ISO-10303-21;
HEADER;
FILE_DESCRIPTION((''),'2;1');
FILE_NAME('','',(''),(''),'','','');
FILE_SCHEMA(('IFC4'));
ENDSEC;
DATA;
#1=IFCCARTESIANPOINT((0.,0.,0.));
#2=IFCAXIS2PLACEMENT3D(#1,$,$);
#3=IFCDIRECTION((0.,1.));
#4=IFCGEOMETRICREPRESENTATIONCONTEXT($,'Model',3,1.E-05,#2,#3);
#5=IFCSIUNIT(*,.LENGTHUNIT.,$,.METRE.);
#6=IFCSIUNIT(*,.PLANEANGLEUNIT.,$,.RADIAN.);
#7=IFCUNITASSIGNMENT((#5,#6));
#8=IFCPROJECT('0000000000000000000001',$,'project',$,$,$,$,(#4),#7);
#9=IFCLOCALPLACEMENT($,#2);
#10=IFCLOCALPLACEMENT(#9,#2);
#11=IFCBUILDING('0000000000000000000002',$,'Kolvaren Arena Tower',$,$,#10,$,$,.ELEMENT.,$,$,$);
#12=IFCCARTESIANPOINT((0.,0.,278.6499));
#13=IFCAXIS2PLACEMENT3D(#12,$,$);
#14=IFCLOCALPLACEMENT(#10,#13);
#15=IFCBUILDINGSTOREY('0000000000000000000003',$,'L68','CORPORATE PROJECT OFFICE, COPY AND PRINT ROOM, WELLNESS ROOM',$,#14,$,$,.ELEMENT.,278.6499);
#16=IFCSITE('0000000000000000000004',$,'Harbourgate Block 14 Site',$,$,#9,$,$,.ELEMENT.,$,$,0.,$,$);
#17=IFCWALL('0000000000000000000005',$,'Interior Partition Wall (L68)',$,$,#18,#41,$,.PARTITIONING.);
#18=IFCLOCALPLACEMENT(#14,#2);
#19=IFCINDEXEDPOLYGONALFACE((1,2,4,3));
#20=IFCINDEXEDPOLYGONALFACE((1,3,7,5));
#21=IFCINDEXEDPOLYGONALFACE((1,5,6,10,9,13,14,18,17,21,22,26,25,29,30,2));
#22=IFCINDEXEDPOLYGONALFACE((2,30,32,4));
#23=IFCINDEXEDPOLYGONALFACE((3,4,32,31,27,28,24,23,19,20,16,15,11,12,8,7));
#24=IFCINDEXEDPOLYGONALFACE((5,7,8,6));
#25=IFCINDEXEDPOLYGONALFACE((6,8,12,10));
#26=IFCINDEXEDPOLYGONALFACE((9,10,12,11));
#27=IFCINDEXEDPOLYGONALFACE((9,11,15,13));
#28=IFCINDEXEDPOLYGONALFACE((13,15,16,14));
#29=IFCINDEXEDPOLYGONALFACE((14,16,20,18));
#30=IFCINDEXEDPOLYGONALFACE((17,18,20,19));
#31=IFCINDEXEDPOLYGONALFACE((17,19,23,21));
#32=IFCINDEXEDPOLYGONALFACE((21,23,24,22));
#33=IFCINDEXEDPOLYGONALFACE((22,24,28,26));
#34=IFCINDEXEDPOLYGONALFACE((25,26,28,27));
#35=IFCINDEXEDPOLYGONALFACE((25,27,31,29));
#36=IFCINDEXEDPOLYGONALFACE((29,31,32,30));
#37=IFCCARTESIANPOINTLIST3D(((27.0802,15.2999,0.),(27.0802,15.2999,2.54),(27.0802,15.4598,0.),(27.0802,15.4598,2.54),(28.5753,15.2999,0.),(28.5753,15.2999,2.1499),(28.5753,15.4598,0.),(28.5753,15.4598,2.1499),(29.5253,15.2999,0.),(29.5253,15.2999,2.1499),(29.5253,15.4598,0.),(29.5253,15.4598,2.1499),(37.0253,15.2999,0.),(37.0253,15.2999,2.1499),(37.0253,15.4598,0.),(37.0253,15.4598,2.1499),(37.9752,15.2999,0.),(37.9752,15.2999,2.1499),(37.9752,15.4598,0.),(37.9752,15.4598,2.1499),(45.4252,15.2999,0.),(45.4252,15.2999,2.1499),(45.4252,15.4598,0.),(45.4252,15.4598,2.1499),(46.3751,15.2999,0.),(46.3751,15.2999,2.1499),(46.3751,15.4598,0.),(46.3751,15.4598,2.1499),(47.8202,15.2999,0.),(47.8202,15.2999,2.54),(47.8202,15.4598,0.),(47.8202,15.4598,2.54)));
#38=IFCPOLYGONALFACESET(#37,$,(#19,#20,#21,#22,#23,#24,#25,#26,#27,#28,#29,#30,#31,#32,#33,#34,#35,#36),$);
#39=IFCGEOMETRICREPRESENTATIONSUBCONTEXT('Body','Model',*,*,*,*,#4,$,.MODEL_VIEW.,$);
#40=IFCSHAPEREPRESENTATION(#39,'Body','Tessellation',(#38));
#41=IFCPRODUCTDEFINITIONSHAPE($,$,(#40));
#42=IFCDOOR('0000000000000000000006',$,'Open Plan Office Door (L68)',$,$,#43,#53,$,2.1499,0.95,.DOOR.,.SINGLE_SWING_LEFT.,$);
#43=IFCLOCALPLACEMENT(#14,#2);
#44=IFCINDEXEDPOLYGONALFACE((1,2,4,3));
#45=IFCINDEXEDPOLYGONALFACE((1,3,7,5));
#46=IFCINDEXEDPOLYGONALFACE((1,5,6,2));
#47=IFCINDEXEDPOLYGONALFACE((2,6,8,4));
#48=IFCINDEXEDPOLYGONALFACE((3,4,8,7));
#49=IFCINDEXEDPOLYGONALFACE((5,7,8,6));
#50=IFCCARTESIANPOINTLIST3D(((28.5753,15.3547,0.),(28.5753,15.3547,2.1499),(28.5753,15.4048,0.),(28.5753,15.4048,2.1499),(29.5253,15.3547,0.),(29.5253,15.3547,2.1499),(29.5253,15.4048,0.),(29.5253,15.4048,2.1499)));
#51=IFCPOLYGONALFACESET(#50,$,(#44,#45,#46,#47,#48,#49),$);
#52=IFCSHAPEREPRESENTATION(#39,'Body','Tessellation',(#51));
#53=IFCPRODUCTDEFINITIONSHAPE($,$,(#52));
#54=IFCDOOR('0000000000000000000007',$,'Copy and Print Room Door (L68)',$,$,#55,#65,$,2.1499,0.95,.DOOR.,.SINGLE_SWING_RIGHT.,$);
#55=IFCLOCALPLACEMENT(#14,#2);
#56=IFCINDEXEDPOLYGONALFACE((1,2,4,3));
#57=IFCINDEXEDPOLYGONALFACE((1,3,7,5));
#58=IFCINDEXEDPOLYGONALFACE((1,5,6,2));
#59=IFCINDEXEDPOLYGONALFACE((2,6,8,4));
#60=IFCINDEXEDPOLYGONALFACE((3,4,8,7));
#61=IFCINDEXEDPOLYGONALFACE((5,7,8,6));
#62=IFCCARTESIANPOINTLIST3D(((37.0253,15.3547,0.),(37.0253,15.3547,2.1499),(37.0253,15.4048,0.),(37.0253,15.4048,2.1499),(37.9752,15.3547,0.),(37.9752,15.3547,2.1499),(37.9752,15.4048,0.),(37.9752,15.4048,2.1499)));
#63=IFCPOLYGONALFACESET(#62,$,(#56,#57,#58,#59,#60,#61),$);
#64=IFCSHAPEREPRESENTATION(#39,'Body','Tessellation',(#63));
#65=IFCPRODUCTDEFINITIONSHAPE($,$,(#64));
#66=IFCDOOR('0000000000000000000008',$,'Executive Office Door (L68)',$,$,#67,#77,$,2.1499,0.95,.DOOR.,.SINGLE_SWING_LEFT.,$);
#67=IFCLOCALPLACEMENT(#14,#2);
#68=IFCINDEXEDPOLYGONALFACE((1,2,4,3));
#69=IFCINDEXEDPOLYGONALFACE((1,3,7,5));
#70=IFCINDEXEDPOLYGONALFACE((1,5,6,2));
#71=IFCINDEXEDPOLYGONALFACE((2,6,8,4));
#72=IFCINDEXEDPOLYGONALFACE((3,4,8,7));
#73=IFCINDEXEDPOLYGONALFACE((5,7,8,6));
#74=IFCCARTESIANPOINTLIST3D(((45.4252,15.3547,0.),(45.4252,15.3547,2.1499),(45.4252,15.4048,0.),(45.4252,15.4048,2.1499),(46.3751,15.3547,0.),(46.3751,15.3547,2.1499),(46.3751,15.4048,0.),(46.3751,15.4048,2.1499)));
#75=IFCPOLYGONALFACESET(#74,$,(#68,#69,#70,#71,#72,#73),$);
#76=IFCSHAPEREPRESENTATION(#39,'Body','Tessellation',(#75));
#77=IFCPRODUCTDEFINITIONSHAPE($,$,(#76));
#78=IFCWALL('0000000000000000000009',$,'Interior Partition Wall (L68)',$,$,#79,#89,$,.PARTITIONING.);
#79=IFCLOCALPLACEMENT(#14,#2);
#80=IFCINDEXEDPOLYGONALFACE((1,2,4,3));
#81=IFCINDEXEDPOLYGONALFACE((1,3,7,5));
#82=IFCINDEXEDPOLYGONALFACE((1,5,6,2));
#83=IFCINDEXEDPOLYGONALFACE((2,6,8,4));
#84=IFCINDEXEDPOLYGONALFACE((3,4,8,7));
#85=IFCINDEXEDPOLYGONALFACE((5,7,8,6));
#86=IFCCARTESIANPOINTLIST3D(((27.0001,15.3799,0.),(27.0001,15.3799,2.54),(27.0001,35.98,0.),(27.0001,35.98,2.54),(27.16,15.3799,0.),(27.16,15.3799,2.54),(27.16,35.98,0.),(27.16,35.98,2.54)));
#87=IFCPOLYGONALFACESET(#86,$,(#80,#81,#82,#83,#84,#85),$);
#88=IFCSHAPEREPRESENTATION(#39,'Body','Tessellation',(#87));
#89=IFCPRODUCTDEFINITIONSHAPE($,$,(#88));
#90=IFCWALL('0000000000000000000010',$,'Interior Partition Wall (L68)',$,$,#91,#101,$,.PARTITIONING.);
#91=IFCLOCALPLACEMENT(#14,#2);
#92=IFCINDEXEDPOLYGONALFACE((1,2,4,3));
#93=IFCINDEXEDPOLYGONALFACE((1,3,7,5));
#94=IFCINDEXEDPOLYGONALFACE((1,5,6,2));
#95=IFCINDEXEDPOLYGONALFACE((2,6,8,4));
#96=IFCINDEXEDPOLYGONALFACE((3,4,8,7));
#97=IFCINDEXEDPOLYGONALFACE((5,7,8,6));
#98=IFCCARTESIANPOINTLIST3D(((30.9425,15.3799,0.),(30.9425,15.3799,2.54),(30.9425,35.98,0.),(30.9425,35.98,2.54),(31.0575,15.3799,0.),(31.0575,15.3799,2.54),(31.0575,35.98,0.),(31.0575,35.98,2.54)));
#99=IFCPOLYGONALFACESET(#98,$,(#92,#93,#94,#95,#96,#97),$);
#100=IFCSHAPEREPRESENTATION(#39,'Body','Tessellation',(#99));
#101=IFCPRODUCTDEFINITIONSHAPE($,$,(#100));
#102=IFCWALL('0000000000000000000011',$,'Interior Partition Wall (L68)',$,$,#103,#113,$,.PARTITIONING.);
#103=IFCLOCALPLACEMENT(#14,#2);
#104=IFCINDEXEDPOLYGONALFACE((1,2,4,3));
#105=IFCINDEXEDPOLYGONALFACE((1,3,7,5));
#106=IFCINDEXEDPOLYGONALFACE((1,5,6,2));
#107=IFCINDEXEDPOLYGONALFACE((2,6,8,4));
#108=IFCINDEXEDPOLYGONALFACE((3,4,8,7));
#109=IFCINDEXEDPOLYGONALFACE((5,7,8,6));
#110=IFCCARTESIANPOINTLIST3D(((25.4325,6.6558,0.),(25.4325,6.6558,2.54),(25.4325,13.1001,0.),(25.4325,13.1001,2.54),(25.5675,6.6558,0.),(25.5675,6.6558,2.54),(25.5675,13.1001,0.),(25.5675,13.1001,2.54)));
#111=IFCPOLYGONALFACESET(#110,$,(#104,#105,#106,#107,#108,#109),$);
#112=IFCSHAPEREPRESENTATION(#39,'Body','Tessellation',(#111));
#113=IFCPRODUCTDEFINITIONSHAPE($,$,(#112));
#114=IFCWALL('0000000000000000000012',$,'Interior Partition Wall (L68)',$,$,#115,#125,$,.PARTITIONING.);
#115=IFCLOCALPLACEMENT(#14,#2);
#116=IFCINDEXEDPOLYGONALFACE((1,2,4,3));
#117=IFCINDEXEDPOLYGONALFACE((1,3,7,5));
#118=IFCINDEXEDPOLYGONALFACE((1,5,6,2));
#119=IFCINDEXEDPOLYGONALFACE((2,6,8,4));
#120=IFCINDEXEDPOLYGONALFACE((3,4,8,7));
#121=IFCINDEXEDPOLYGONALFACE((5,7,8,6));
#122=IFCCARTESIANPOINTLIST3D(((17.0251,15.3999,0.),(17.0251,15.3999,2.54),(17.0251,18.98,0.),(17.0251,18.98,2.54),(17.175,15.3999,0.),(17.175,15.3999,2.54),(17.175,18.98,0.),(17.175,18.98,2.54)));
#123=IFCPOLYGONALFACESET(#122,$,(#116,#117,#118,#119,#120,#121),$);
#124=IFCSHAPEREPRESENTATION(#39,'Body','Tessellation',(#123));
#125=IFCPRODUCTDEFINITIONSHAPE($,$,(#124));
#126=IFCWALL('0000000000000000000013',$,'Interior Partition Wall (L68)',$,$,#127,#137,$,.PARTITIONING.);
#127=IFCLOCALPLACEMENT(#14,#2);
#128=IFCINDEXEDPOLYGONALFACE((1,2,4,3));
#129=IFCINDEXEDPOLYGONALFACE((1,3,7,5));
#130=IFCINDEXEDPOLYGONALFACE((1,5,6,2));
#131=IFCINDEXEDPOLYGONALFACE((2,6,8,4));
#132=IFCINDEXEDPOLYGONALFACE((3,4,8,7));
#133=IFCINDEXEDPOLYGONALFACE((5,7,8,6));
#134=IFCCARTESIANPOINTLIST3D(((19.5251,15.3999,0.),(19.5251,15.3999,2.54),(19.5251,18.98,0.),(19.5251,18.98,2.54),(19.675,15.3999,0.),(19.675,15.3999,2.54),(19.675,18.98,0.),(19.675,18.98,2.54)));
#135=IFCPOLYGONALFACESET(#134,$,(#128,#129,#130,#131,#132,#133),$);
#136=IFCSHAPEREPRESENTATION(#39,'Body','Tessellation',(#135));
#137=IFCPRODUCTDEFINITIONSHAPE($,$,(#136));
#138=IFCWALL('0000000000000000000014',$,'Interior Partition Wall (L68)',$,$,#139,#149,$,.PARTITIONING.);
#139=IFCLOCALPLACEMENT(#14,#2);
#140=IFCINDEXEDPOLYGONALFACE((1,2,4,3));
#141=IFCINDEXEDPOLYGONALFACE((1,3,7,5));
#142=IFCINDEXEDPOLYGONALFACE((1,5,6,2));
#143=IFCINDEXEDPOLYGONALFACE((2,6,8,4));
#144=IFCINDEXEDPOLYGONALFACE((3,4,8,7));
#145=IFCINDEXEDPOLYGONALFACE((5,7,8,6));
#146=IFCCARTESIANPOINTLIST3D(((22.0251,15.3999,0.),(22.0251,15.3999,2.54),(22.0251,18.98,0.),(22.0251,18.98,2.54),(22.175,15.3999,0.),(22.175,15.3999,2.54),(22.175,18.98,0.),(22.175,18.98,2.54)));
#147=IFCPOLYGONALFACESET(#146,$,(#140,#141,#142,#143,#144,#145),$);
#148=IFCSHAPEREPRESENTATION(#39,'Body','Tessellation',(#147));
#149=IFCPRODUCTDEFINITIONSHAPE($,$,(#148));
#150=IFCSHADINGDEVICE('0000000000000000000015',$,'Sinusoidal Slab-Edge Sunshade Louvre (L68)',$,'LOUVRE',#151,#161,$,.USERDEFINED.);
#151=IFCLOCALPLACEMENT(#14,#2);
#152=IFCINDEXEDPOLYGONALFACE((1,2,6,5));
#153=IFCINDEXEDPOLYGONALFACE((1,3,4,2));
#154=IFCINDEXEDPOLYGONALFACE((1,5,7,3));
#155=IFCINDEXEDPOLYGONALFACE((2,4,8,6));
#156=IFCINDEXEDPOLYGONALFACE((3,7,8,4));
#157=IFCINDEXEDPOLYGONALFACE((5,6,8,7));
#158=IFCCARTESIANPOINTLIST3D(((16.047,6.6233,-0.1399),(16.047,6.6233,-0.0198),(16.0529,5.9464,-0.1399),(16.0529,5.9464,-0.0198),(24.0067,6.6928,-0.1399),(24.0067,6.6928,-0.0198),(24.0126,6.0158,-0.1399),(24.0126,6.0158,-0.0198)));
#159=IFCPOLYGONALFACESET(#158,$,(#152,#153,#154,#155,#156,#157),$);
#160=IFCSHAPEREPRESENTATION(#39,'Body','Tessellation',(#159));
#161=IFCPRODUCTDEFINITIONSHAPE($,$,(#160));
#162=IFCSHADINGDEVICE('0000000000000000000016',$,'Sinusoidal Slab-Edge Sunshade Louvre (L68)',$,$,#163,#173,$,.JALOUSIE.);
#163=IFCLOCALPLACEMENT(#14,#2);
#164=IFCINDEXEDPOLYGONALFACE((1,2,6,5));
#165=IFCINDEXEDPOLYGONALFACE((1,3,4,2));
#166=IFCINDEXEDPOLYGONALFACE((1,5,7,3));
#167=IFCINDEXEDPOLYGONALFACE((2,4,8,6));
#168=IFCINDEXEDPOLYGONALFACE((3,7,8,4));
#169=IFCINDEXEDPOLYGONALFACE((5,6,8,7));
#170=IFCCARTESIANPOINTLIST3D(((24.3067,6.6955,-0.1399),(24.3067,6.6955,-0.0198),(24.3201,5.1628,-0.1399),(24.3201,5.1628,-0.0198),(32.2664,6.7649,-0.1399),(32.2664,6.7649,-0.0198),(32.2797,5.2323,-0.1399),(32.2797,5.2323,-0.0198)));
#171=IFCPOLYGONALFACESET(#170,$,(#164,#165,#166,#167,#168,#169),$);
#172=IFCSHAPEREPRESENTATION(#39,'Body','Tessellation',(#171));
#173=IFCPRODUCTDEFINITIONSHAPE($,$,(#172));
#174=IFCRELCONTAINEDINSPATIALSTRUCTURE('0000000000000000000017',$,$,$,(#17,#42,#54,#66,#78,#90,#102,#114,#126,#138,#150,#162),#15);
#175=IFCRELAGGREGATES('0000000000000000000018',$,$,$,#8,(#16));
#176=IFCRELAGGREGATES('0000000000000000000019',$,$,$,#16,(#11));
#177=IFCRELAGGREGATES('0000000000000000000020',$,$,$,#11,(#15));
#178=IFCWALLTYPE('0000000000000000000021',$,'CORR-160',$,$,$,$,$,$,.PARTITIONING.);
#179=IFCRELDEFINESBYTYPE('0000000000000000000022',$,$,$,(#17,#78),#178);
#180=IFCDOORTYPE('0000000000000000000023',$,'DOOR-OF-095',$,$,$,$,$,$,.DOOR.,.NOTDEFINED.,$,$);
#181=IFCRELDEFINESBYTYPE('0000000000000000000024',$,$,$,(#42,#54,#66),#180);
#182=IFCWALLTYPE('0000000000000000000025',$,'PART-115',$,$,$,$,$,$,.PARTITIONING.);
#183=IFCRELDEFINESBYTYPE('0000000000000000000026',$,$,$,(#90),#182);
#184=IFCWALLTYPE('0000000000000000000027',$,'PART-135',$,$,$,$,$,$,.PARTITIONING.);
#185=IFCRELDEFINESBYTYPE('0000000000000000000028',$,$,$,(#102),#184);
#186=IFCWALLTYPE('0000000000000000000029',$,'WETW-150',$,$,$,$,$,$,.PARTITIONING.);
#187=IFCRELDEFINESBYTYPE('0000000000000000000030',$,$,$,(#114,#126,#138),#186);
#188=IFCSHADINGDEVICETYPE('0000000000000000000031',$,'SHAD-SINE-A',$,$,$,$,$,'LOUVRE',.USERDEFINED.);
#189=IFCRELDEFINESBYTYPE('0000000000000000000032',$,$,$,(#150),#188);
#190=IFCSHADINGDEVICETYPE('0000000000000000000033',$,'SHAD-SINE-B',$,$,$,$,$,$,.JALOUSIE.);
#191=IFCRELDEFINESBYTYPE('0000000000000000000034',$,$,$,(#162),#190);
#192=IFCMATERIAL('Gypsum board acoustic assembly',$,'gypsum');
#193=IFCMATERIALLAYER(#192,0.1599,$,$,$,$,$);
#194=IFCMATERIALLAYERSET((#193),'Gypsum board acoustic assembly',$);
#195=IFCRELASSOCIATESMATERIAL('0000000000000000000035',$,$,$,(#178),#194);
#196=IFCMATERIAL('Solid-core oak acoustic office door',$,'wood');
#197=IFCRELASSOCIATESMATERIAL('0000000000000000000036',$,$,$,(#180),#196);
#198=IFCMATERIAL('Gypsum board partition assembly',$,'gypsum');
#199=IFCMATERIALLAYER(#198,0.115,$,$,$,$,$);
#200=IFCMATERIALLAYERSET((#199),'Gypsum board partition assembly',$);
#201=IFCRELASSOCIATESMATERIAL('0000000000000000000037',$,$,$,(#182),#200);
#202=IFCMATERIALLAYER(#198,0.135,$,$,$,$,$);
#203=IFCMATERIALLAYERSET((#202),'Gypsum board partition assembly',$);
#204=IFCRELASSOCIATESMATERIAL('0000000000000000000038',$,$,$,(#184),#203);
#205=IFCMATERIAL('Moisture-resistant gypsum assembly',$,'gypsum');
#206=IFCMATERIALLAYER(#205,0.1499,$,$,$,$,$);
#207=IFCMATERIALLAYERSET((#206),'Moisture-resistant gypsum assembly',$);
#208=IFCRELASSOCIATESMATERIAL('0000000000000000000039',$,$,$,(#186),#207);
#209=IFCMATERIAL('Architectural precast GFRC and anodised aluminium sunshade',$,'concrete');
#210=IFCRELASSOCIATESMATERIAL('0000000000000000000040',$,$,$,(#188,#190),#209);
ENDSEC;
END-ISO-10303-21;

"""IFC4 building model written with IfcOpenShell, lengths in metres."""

from ifc_helpers import new_model, si_unit, direction, frame, frame_2d, origin, origin_2d, place, context, subcontext, project, spatial, rectangle, extrude, material, layer, layer_set, type_object, element, fill, save


model = new_model("IFC4")

# Units and contexts
model_context = context("Model", 3, precision=1e-05, world=origin(), true_north=direction((0.0, 1.0)))
body_context = subcontext(model_context, "Body", "Model", "MODEL_VIEW")
ifc_project = project(units=[si_unit("LENGTHUNIT", "METRE"), si_unit("PLANEANGLEUNIT", "RADIAN")], contexts=[model_context])

# Site, building, storey
site_placement = place(None, origin())
site = spatial("IfcSite", under=ifc_project, at=site_placement, Name="Harbourgate Block 14 Site", CompositionType="ELEMENT", RefElevation=0.0)
building_placement = place(site_placement, origin())
building = spatial("IfcBuilding", under=site, at=building_placement, Name="Kolvaren Arena Tower", CompositionType="ELEMENT")
storey_placement = place(building_placement, frame((0.0, 0.0, 278.6499)))
storey = spatial("IfcBuildingStorey", under=building, at=storey_placement, Name="L68", Description="CORPORATE PROJECT OFFICE, COPY AND PRINT ROOM, WELLNESS ROOM", CompositionType="ELEMENT", Elevation=278.6499)

# Wall, openings, doors
ifc_material_1 = material(Name="Gypsum board acoustic assembly", Category="gypsum")
ifc_layer_1 = layer(ifc_material_1, 0.1599)
ifc_layer_set_1 = layer_set([ifc_layer_1], Name="Gypsum board acoustic assembly")
wall_type_1 = type_object("IfcWallType", Name="CORR-160", PredefinedType="PARTITIONING", material=ifc_layer_set_1)
wall_1_placement = place(storey_placement, frame((27.0801, 15.3799, 0.0), z_axis=(0.0, 0.0, 1.0), x_axis=(1.0, 0.0, 0.0)))
wall_1 = element("IfcWall", 1, at=wall_1_placement, inside=storey, type_object=wall_type_1, Name="Interior Partition Wall (L68)", PredefinedType="PARTITIONING", context=body_context, shape_type="SweptSolid", body=[
    extrude(rectangle(XDim=20.74, YDim=0.1599, at=frame_2d((10.3701, 0.0))), origin(), (0.0, 0.0, 1.0), 2.54),
])
opening_1_placement = place(wall_1_placement, frame((1.4951, 0.0, 0.0)))
opening_1 = element("IfcOpeningElement", 2, at=opening_1_placement, cuts=wall_1, PredefinedType="OPENING", context=body_context, shape_type="SweptSolid", body=[
    extrude(rectangle(XDim=0.95, YDim=2.1499, at=frame_2d((0.4751, 1.075))), frame((0.0, 0.0898, 0.0), z_axis=(0.0, -1.0, 0.0), x_axis=(1.0, 0.0, 0.0)), (0.0, 0.0, 1.0), 0.1799),
])
opening_2_placement = place(wall_1_placement, frame((9.9451, 0.0, 0.0)))
opening_2 = element("IfcOpeningElement", 3, at=opening_2_placement, cuts=wall_1, PredefinedType="OPENING", context=body_context, shape_type="SweptSolid", body=[
    extrude(rectangle(XDim=0.95, YDim=2.1499, at=frame_2d((0.4751, 1.075))), frame((0.0, 0.0898, 0.0), z_axis=(0.0, -1.0, 0.0), x_axis=(1.0, 0.0, 0.0)), (0.0, 0.0, 1.0), 0.1799),
])
opening_3_placement = place(wall_1_placement, frame((18.345, 0.0, 0.0)))
opening_3 = element("IfcOpeningElement", 4, at=opening_3_placement, cuts=wall_1, PredefinedType="OPENING", context=body_context, shape_type="SweptSolid", body=[
    extrude(rectangle(XDim=0.95, YDim=2.1499, at=frame_2d((0.4751, 1.075))), frame((0.0, 0.0898, 0.0), z_axis=(0.0, -1.0, 0.0), x_axis=(1.0, 0.0, 0.0)), (0.0, 0.0, 1.0), 0.1799),
])
ifc_material_2 = material(Name="Solid-core oak acoustic office door", Category="wood")
door_type = type_object("IfcDoorType", Name="DOOR-OF-095", OperationType="NOTDEFINED", PredefinedType="DOOR", material=ifc_material_2)
door_1_placement = place(opening_1_placement, origin())
door_1 = element("IfcDoor", 5, at=door_1_placement, inside=storey, type_object=door_type, Name="Open Plan Office Door (L68)", OperationType="SINGLE_SWING_LEFT", OverallHeight=2.1499, OverallWidth=0.95, PredefinedType="DOOR", context=body_context, shape_type="SweptSolid", body=[
    extrude(rectangle(XDim=0.95, YDim=2.1499, at=frame_2d((0.4751, 1.075))), frame((0.0, 0.0249, 0.0), z_axis=(0.0, -1.0, 0.0), x_axis=(1.0, 0.0, 0.0)), (0.0, 0.0, 1.0), 0.05),
])
fill(opening_1, door_1)
door_2_placement = place(opening_2_placement, origin())
door_2 = element("IfcDoor", 6, at=door_2_placement, inside=storey, type_object=door_type, Name="Copy and Print Room Door (L68)", OperationType="SINGLE_SWING_RIGHT", OverallHeight=2.1499, OverallWidth=0.95, PredefinedType="DOOR", context=body_context, shape_type="SweptSolid", body=[
    extrude(rectangle(XDim=0.95, YDim=2.1499, at=frame_2d((0.4751, 1.075))), frame((0.0, 0.0249, 0.0), z_axis=(0.0, -1.0, 0.0), x_axis=(1.0, 0.0, 0.0)), (0.0, 0.0, 1.0), 0.05),
])
fill(opening_2, door_2)
door_3_placement = place(opening_3_placement, origin())
door_3 = element("IfcDoor", 7, at=door_3_placement, inside=storey, type_object=door_type, Name="Executive Office Door (L68)", OperationType="SINGLE_SWING_LEFT", OverallHeight=2.1499, OverallWidth=0.95, PredefinedType="DOOR", context=body_context, shape_type="SweptSolid", body=[
    extrude(rectangle(XDim=0.95, YDim=2.1499, at=frame_2d((0.4751, 1.075))), frame((0.0, 0.0249, 0.0), z_axis=(0.0, -1.0, 0.0), x_axis=(1.0, 0.0, 0.0)), (0.0, 0.0, 1.0), 0.05),
])
fill(opening_3, door_3)

# Walls
wall_2_placement = place(storey_placement, frame((27.0801, 15.3799, 0.0), z_axis=(0.0, 0.0, 1.0), x_axis=(0.0, 1.0, 0.0)))
element("IfcWall", 8, at=wall_2_placement, inside=storey, type_object=wall_type_1, Name="Interior Partition Wall (L68)", PredefinedType="PARTITIONING", context=body_context, shape_type="SweptSolid", body=[
    extrude(rectangle(XDim=20.6001, YDim=0.1599, at=frame_2d((10.3, 0.0))), origin(), (0.0, 0.0, 1.0), 2.54),
])
ifc_material_3 = material(Name="Gypsum board partition assembly", Category="gypsum")
ifc_layer_2 = layer(ifc_material_3, 0.115)
ifc_layer_set_2 = layer_set([ifc_layer_2], Name="Gypsum board partition assembly")
wall_type_2 = type_object("IfcWallType", Name="PART-115", PredefinedType="PARTITIONING", material=ifc_layer_set_2)
wall_3_placement = place(storey_placement, frame((31.0, 15.3799, 0.0), z_axis=(0.0, 0.0, 1.0), x_axis=(0.0, 1.0, 0.0)))
element("IfcWall", 9, at=wall_3_placement, inside=storey, type_object=wall_type_2, Name="Interior Partition Wall (L68)", PredefinedType="PARTITIONING", context=body_context, shape_type="SweptSolid", body=[
    extrude(rectangle(XDim=20.6001, YDim=0.115, at=frame_2d((10.3, 0.0))), origin(), (0.0, 0.0, 1.0), 2.54),
])
ifc_layer_3 = layer(ifc_material_3, 0.135)
ifc_layer_set_3 = layer_set([ifc_layer_3], Name="Gypsum board partition assembly")
wall_type_3 = type_object("IfcWallType", Name="PART-135", PredefinedType="PARTITIONING", material=ifc_layer_set_3)
wall_4_placement = place(storey_placement, frame((25.5, 6.6558, 0.0), z_axis=(0.0, 0.0, 1.0), x_axis=(0.0, 1.0, 0.0)))
element("IfcWall", 10, at=wall_4_placement, inside=storey, type_object=wall_type_3, Name="Interior Partition Wall (L68)", PredefinedType="PARTITIONING", context=body_context, shape_type="SweptSolid", body=[
    extrude(rectangle(XDim=6.4443, YDim=0.135, at=frame_2d((3.2222, 0.0))), origin(), (0.0, 0.0, 1.0), 2.54),
])
ifc_material_4 = material(Name="Moisture-resistant gypsum assembly", Category="gypsum")
ifc_layer_4 = layer(ifc_material_4, 0.1499)
ifc_layer_set_4 = layer_set([ifc_layer_4], Name="Moisture-resistant gypsum assembly")
wall_type_4 = type_object("IfcWallType", Name="WETW-150", PredefinedType="PARTITIONING", material=ifc_layer_set_4)
for number, where, z_axis, x_axis, name in (
    (11, (17.1001, 15.3999, 0.0), (0.0, 0.0, 1.0), (0.0, 1.0, 0.0), "Interior Partition Wall (L68)"),
    (12, (19.6001, 15.3999, 0.0), (0.0, 0.0, 1.0), (0.0, 1.0, 0.0), "Interior Partition Wall (L68)"),
    (13, (22.1001, 15.3999, 0.0), (0.0, 0.0, 1.0), (0.0, 1.0, 0.0), "Interior Partition Wall (L68)"),
):
    element("IfcWall", number, at=place(storey_placement, frame(where, z_axis=z_axis, x_axis=x_axis)), inside=storey, type_object=wall_type_4, Name=name, PredefinedType="PARTITIONING", context=body_context, shape_type="SweptSolid", body=[
        extrude(rectangle(XDim=3.5801, YDim=0.1499, at=frame_2d((1.79, 0.0))), origin(), (0.0, 0.0, 1.0), 2.54),
    ])

# Shading devices
ifc_material_5 = material(Name="Architectural precast GFRC and anodised aluminium sunshade", Category="concrete")
shading_device_type_1 = type_object("IfcShadingDeviceType", Name="SHAD-SINE-A", ElementType="LOUVRE", PredefinedType="USERDEFINED", material=ifc_material_5)
shading_device_1_placement = place(storey_placement, frame((20.0298, 6.3196, -0.1399), z_axis=(0.0, 0.0, 1.0), x_axis=(-0.999962, -0.008727, 0.0)))
element("IfcShadingDevice", 14, at=shading_device_1_placement, inside=storey, type_object=shading_device_type_1, Name="Sinusoidal Slab-Edge Sunshade Louvre (L68)", ObjectType="LOUVRE", PredefinedType="USERDEFINED", context=body_context, shape_type="SweptSolid", body=[
    extrude(rectangle(XDim=7.96, YDim=0.677, at=origin_2d()), origin(), (0.0, 0.0, 1.0), 0.1201),
])
shading_device_type_2 = type_object("IfcShadingDeviceType", Name="SHAD-SINE-B", PredefinedType="JALOUSIE", material=ifc_material_5)
shading_device_2_placement = place(storey_placement, frame((28.2932, 5.9639, -0.1399), z_axis=(0.0, 0.0, 1.0), x_axis=(-0.999962, -0.008727, 0.0)))
element("IfcShadingDevice", 15, at=shading_device_2_placement, inside=storey, type_object=shading_device_type_2, Name="Sinusoidal Slab-Edge Sunshade Louvre (L68)", PredefinedType="JALOUSIE", context=body_context, shape_type="SweptSolid", body=[
    extrude(rectangle(XDim=7.96, YDim=1.5327, at=origin_2d()), origin(), (0.0, 0.0, 1.0), 0.1201),
])

save(model, "model.ifc")
